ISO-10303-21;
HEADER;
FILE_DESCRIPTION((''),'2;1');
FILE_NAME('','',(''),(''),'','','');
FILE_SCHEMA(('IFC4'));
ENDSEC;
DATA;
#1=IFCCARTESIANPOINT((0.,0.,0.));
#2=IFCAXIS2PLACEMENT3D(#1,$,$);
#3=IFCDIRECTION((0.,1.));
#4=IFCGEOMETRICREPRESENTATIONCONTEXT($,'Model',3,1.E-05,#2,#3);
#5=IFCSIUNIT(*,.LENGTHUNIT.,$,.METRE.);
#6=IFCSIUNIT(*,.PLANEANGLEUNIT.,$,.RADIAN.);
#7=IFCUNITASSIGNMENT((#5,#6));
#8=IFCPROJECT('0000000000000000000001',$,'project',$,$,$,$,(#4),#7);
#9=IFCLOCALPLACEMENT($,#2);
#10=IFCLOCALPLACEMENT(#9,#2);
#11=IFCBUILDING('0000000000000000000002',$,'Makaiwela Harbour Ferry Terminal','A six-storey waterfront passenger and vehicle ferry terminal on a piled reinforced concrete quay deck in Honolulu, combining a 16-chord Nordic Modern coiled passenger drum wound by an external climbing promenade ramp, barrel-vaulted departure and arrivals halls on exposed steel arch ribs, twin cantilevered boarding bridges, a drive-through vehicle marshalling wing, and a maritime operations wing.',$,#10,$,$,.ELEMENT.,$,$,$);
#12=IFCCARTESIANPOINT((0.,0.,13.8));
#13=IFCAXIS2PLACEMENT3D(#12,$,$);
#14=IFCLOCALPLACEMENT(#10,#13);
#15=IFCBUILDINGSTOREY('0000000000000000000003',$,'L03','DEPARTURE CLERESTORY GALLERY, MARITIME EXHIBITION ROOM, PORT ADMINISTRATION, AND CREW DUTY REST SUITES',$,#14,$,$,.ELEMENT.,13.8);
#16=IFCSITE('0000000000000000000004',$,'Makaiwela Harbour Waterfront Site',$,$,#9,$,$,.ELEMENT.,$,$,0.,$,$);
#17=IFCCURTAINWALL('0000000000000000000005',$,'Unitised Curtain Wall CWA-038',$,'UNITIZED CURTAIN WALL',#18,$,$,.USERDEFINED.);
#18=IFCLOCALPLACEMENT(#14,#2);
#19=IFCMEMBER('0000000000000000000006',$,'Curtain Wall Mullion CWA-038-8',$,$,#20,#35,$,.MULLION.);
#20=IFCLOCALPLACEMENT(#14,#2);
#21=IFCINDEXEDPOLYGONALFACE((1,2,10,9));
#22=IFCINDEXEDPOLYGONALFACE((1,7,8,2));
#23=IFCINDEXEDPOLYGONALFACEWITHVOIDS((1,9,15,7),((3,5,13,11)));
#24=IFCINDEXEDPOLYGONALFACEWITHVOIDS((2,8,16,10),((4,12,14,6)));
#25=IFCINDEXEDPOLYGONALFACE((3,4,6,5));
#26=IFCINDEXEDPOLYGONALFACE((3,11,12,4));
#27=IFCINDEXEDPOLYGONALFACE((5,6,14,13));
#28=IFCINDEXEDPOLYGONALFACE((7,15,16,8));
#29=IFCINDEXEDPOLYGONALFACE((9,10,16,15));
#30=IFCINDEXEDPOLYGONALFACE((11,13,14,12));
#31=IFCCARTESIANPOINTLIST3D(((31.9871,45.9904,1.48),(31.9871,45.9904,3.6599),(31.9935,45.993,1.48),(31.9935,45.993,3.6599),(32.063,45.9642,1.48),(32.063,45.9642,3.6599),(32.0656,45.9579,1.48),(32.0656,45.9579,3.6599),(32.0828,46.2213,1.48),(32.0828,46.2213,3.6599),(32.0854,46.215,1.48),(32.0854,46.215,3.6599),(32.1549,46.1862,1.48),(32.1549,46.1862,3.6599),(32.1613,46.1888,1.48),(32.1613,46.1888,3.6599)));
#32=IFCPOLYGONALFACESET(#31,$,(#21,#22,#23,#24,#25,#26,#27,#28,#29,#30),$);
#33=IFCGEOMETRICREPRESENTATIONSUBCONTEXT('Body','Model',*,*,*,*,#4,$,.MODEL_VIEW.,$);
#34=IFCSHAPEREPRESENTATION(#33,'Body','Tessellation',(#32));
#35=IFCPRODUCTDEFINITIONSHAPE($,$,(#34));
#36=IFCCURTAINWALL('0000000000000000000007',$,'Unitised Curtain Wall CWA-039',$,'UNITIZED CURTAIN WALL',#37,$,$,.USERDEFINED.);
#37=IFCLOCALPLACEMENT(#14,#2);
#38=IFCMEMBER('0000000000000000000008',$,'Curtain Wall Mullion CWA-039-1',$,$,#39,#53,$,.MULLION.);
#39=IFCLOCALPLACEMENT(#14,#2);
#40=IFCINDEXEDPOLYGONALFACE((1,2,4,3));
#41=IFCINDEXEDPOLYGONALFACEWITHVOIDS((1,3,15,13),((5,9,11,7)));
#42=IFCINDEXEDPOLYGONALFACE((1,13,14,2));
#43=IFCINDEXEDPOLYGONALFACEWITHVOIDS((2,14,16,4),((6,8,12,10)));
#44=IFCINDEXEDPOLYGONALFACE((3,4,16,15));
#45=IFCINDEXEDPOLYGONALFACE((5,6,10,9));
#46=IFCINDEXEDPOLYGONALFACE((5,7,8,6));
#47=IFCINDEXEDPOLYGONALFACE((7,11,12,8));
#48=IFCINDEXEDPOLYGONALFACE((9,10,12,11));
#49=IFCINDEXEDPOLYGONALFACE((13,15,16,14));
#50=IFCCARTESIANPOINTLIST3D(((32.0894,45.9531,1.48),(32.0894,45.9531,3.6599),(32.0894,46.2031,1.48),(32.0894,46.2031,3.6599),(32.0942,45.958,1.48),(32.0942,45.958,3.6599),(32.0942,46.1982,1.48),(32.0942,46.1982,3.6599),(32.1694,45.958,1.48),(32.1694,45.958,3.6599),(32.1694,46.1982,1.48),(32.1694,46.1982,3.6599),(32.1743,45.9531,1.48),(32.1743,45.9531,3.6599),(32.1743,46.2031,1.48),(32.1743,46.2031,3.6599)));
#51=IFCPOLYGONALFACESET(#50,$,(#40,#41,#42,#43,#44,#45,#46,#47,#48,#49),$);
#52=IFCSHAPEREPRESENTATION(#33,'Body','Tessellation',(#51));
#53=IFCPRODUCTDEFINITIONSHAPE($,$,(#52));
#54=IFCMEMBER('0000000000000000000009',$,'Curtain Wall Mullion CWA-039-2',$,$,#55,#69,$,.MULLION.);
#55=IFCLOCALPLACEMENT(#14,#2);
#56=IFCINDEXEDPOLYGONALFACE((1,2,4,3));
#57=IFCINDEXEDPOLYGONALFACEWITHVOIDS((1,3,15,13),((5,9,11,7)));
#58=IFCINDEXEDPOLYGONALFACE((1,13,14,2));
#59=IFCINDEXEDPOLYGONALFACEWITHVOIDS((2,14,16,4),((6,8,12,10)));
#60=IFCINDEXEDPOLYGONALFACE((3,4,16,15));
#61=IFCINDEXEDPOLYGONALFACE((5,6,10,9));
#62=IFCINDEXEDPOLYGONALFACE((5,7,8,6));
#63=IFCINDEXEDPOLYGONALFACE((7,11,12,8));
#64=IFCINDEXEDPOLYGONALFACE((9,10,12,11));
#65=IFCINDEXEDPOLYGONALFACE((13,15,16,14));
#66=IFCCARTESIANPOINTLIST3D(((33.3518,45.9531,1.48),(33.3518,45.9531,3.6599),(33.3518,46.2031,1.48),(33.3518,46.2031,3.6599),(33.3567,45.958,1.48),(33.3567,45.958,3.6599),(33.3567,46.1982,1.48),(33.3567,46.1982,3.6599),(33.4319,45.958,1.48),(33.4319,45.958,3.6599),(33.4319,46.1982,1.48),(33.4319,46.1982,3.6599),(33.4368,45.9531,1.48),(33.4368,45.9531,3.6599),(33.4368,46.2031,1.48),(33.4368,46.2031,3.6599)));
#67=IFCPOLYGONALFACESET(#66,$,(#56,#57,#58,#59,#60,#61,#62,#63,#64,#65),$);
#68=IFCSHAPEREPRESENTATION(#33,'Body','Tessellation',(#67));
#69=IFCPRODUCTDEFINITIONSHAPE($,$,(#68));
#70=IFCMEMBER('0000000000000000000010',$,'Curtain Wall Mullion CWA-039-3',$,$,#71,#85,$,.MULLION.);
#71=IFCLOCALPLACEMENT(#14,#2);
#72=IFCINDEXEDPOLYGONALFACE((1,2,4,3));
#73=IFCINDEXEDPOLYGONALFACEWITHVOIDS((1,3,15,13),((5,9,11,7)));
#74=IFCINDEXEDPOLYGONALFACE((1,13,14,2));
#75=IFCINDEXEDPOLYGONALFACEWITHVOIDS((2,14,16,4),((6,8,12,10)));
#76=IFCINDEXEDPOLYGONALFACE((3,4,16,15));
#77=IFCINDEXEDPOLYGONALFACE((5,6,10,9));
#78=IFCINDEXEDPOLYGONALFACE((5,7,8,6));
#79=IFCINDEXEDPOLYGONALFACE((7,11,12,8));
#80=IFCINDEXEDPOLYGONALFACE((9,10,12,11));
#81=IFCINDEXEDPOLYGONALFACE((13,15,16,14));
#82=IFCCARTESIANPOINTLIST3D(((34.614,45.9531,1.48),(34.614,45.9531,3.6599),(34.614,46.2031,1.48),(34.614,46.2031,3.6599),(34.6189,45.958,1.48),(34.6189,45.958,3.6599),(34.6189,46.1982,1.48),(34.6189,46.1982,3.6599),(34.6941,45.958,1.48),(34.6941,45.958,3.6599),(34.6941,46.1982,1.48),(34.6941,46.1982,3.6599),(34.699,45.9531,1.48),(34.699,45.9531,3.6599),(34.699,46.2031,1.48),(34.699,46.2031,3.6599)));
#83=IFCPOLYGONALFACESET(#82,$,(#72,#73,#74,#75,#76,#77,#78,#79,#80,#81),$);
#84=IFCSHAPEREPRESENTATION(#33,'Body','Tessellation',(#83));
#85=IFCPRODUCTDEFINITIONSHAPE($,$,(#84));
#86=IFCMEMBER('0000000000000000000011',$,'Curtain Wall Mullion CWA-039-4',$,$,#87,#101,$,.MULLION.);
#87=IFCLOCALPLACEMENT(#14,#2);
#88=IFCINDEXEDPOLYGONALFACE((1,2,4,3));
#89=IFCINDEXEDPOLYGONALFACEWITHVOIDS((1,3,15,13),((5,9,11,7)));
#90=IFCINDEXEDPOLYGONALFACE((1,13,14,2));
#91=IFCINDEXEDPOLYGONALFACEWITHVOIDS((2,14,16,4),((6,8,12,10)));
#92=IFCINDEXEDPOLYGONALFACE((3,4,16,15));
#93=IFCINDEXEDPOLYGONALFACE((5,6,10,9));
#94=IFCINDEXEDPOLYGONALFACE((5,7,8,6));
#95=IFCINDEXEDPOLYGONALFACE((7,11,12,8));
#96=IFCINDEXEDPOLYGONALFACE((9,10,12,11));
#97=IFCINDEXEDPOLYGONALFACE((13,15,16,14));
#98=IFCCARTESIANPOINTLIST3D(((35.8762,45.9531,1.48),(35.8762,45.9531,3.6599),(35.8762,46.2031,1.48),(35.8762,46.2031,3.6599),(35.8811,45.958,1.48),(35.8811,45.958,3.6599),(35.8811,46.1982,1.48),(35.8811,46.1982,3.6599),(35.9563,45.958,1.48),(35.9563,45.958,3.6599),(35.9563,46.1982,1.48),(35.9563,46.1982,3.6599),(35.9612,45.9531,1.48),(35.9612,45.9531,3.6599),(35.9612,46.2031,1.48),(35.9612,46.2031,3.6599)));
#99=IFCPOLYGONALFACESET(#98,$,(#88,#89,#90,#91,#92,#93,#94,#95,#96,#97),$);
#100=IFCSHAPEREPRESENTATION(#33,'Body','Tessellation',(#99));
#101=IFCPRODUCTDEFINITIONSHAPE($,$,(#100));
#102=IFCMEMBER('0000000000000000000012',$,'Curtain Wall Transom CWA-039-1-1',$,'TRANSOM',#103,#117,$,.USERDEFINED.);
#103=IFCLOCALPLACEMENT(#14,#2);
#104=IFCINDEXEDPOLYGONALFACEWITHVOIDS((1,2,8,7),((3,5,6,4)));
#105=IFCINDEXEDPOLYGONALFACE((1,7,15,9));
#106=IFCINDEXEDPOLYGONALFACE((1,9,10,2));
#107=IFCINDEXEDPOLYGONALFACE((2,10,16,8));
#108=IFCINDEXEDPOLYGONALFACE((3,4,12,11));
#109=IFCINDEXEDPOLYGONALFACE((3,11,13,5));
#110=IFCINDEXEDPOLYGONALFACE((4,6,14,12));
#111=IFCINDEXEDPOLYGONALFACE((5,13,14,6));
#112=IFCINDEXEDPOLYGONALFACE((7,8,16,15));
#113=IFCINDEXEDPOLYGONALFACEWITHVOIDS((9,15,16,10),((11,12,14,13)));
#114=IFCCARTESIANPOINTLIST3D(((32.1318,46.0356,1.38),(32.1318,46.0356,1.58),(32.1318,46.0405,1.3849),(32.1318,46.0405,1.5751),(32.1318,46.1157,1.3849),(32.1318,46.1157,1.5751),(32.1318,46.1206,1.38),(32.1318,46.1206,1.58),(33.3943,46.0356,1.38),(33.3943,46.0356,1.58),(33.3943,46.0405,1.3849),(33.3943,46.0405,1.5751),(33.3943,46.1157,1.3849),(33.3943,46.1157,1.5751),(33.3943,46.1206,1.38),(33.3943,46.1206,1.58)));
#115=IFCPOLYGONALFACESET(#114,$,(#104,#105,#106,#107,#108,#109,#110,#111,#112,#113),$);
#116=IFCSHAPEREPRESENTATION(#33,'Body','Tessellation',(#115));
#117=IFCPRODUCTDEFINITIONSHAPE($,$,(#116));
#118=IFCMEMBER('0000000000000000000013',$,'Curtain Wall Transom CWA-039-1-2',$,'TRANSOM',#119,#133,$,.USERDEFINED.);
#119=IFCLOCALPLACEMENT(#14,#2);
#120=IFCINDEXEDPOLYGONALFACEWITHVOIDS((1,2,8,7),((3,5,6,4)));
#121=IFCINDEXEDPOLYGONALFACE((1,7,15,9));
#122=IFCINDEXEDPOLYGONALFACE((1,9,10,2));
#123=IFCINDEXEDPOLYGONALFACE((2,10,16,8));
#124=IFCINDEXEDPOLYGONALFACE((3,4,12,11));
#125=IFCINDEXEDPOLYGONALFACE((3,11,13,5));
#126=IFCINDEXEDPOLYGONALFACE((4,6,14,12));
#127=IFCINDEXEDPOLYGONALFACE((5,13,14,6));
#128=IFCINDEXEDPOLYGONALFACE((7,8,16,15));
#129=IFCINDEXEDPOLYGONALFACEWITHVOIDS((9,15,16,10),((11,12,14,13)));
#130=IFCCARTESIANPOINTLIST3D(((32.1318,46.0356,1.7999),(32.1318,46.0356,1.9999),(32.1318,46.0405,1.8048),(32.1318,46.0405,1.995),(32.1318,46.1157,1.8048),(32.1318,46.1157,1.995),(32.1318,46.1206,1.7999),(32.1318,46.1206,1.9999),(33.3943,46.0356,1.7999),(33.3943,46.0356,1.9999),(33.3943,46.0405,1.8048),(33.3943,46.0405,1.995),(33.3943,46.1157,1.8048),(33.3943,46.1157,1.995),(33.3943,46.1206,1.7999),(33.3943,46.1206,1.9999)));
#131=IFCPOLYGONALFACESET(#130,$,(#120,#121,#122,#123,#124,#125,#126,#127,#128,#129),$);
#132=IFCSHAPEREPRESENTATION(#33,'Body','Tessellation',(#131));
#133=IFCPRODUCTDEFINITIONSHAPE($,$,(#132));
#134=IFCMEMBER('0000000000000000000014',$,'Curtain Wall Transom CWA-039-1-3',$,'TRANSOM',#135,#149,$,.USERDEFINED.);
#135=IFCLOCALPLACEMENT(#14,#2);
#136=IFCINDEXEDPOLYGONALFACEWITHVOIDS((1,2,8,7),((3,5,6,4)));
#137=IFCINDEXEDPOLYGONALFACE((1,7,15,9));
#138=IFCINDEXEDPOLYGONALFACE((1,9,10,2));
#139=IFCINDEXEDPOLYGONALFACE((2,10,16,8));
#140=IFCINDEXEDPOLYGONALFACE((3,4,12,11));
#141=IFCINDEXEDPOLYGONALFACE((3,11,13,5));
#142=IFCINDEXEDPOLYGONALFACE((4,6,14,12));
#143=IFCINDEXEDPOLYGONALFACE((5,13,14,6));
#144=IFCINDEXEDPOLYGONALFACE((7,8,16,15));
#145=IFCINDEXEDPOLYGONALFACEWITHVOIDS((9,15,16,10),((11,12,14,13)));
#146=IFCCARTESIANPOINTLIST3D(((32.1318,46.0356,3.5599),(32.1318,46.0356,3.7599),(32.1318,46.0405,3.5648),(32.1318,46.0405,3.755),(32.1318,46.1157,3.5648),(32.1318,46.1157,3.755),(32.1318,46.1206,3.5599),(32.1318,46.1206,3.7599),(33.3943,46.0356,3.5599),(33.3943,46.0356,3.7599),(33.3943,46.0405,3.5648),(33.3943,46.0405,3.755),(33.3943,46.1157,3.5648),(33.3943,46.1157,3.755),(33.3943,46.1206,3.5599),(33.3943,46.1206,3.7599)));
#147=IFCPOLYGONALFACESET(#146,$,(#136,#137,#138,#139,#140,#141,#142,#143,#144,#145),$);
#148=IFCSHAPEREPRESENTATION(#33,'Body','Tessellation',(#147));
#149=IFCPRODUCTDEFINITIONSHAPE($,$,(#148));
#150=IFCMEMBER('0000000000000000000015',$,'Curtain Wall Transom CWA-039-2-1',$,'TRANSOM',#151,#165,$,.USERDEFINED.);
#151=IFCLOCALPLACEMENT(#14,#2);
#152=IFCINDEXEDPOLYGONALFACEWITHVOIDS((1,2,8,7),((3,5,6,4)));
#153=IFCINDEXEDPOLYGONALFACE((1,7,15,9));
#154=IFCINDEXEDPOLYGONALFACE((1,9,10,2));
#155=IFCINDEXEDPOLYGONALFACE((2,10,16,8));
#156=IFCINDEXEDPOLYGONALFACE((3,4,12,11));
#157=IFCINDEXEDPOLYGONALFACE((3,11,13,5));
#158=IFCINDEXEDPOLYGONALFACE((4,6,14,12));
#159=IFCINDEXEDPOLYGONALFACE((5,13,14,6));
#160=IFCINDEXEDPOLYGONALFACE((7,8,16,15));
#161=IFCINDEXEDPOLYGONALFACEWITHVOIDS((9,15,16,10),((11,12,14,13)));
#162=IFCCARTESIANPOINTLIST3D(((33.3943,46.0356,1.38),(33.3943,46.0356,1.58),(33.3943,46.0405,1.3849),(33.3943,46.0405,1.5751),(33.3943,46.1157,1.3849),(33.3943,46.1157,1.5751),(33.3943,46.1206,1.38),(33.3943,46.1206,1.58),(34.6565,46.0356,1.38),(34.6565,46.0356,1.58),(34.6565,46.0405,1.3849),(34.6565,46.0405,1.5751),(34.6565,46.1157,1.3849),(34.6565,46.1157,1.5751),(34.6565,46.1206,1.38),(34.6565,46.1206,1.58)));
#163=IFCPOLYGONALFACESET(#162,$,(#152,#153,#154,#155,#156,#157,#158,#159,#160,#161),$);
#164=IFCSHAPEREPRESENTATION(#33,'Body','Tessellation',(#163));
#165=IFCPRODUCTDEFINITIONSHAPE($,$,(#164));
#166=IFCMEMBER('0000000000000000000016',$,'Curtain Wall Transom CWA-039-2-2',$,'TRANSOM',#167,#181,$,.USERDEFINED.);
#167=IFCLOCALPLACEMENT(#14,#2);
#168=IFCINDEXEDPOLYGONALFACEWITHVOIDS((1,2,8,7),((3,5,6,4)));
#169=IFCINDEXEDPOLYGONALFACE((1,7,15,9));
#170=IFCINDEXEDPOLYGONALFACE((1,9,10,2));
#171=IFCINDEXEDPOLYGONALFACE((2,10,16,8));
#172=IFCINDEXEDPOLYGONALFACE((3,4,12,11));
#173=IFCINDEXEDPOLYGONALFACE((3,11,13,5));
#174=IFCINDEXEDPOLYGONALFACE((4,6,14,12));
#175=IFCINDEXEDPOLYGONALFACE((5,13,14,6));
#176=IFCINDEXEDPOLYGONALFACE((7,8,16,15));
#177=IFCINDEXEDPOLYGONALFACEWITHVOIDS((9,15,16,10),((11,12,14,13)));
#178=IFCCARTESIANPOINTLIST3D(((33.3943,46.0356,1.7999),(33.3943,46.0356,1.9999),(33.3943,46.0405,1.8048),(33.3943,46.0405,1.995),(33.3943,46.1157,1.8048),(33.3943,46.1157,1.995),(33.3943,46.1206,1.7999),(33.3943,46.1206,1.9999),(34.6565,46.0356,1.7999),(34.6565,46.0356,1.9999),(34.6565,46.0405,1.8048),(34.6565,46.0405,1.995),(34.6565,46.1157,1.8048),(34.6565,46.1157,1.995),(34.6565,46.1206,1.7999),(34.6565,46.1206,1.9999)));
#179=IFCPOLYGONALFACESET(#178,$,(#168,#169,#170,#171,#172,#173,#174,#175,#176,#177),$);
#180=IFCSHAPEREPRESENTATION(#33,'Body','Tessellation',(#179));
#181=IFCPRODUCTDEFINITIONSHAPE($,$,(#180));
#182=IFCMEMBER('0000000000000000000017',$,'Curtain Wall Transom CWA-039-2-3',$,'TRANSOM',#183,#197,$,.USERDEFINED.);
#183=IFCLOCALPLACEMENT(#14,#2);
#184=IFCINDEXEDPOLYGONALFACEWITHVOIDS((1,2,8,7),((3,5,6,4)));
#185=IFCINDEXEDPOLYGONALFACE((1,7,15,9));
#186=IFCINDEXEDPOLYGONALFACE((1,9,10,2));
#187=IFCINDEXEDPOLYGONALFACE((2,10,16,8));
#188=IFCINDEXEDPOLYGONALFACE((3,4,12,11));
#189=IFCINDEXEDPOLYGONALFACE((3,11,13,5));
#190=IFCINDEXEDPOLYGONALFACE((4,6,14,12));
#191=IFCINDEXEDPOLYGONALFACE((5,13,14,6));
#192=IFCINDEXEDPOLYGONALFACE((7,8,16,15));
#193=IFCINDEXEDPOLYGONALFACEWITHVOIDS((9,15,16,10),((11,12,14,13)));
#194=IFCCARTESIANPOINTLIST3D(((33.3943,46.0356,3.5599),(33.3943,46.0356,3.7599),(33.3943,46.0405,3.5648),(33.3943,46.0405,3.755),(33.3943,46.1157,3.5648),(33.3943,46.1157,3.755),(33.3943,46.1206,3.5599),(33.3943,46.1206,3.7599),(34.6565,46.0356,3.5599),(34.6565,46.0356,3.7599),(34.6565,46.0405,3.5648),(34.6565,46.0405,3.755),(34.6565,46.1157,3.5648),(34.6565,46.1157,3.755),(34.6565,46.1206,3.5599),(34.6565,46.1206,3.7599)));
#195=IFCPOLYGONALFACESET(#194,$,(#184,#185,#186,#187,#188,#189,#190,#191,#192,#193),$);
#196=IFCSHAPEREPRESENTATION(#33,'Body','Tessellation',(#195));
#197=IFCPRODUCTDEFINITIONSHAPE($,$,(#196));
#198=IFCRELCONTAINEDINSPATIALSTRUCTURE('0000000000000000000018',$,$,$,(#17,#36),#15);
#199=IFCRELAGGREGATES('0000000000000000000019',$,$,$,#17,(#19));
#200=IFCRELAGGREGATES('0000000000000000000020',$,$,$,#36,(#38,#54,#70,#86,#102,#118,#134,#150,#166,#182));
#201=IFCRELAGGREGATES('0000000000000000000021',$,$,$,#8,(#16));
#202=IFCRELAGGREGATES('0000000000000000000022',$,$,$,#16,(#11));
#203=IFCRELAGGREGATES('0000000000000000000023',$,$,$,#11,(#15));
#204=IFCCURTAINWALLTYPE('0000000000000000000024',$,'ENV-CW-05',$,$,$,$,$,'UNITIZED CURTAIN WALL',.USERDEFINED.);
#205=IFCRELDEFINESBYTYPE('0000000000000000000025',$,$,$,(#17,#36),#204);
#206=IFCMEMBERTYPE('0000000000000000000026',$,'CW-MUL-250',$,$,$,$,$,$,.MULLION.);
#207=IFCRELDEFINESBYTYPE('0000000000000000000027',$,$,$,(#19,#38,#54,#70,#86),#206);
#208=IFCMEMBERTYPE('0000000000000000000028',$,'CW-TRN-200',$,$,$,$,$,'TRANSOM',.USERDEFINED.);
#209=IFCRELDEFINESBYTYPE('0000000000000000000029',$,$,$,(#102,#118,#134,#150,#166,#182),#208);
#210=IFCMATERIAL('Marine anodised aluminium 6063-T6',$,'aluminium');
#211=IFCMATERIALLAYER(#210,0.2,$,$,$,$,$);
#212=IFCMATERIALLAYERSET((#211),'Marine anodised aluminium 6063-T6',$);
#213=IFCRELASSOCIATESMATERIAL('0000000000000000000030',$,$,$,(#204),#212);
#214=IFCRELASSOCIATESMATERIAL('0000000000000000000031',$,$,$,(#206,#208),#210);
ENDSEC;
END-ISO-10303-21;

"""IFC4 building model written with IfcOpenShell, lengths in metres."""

from ifc_helpers import new_model, si_unit, direction, frame, origin, origin_2d, place, context, subcontext, project, spatial, hollow_rectangle, extrude, material, layer, layer_set, material_profile, profile_set, type_object, element, aggregate, save


model = new_model("IFC4")

# Units and contexts
model_context = context("Model", 3, precision=1e-05, world=origin(), true_north=direction((0.0, 1.0)))
body_context = subcontext(model_context, "Body", "Model", "MODEL_VIEW")
ifc_project = project(units=[si_unit("LENGTHUNIT", "METRE"), si_unit("PLANEANGLEUNIT", "RADIAN")], contexts=[model_context])

# Site, building, storey
site_placement = place(None, origin())
site = spatial("IfcSite", under=ifc_project, at=site_placement, Name="Makaiwela Harbour Waterfront Site", CompositionType="ELEMENT", RefElevation=0.0)
building_placement = place(site_placement, origin())
building = spatial("IfcBuilding", under=site, at=building_placement, Name="Makaiwela Harbour Ferry Terminal", Description="A six-storey waterfront passenger and vehicle ferry terminal on a piled reinforced concrete quay deck in Honolulu, combining a 16-chord Nordic Modern coiled passenger drum wound by an external climbing promenade ramp, barrel-vaulted departure and arrivals halls on exposed steel arch ribs, twin cantilevered boarding bridges, a drive-through vehicle marshalling wing, and a maritime operations wing.", CompositionType="ELEMENT")
storey_placement = place(building_placement, frame((0.0, 0.0, 13.8)))
storey = spatial("IfcBuildingStorey", under=building, at=storey_placement, Name="L03", Description="DEPARTURE CLERESTORY GALLERY, MARITIME EXHIBITION ROOM, PORT ADMINISTRATION, AND CREW DUTY REST SUITES", CompositionType="ELEMENT", Elevation=13.8)

# Curtain wall, member
ifc_material_1 = material(Name="Marine anodised aluminium 6063-T6", Category="aluminium")
ifc_layer_1 = layer(ifc_material_1, 0.2)
ifc_layer_set_1 = layer_set([ifc_layer_1], Name="Marine anodised aluminium 6063-T6")
curtain_wall_type = type_object("IfcCurtainWallType", Name="ENV-CW-05", ElementType="UNITIZED CURTAIN WALL", PredefinedType="USERDEFINED", material=ifc_layer_set_1)
curtain_wall_1_placement = place(storey_placement, origin())
curtain_wall_1 = element("IfcCurtainWall", 1, at=curtain_wall_1_placement, inside=storey, type_object=curtain_wall_type, Name="Unitised Curtain Wall CWA-038", ObjectType="UNITIZED CURTAIN WALL", PredefinedType="USERDEFINED")
ifc_material_profile_1 = material_profile(ifc_material_1, hollow_rectangle(XDim=0.085, YDim=0.25, WallThickness=0.0049, at=origin_2d()), Name="CWM-250X85")
ifc_profile_set_1 = profile_set([ifc_material_profile_1], Name="Marine anodised aluminium 6063-T6")
member_type_1 = type_object("IfcMemberType", Name="CW-MUL-250", PredefinedType="MULLION", material=ifc_profile_set_1)
member_1_placement = place(storey_placement, frame((32.0742, 46.0896, 1.48), z_axis=(0.0, 0.0, 1.0), x_axis=(-0.92388, 0.382683, 0.0)))
member_1 = element("IfcMember", 2, at=member_1_placement, type_object=member_type_1, Name="Curtain Wall Mullion CWA-038-8", PredefinedType="MULLION", context=body_context, shape_type="SweptSolid", body=[
    extrude(hollow_rectangle(XDim=0.085, YDim=0.25, WallThickness=0.0049, at=origin_2d()), origin(), (0.0, 0.0, 1.0), 2.1799),
])

# Curtain wall, members
curtain_wall_2_placement = place(storey_placement, origin())
curtain_wall_2 = element("IfcCurtainWall", 3, at=curtain_wall_2_placement, inside=storey, type_object=curtain_wall_type, Name="Unitised Curtain Wall CWA-039", ObjectType="UNITIZED CURTAIN WALL", PredefinedType="USERDEFINED")
member_2_placement = place(storey_placement, frame((32.1318, 46.0781, 1.48), z_axis=(0.0, 0.0, 1.0), x_axis=(1.0, 0.0, 0.0)))
member_2 = element("IfcMember", 4, at=member_2_placement, type_object=member_type_1, Name="Curtain Wall Mullion CWA-039-1", PredefinedType="MULLION", context=body_context, shape_type="SweptSolid", body=[
    extrude(hollow_rectangle(XDim=0.085, YDim=0.25, WallThickness=0.0049, at=origin_2d()), origin(), (0.0, 0.0, 1.0), 2.1799),
])
member_3_placement = place(storey_placement, frame((33.3943, 46.0781, 1.48), z_axis=(0.0, 0.0, 1.0), x_axis=(1.0, 0.0, 0.0)))
member_3 = element("IfcMember", 5, at=member_3_placement, type_object=member_type_1, Name="Curtain Wall Mullion CWA-039-2", PredefinedType="MULLION", context=body_context, shape_type="SweptSolid", body=[
    extrude(hollow_rectangle(XDim=0.085, YDim=0.25, WallThickness=0.0049, at=origin_2d()), origin(), (0.0, 0.0, 1.0), 2.1799),
])
member_4_placement = place(storey_placement, frame((34.6565, 46.0781, 1.48), z_axis=(0.0, 0.0, 1.0), x_axis=(1.0, 0.0, 0.0)))
member_4 = element("IfcMember", 6, at=member_4_placement, type_object=member_type_1, Name="Curtain Wall Mullion CWA-039-3", PredefinedType="MULLION", context=body_context, shape_type="SweptSolid", body=[
    extrude(hollow_rectangle(XDim=0.085, YDim=0.25, WallThickness=0.0049, at=origin_2d()), origin(), (0.0, 0.0, 1.0), 2.1799),
])
member_5_placement = place(storey_placement, frame((35.9187, 46.0781, 1.48), z_axis=(0.0, 0.0, 1.0), x_axis=(1.0, 0.0, 0.0)))
member_5 = element("IfcMember", 7, at=member_5_placement, type_object=member_type_1, Name="Curtain Wall Mullion CWA-039-4", PredefinedType="MULLION", context=body_context, shape_type="SweptSolid", body=[
    extrude(hollow_rectangle(XDim=0.085, YDim=0.25, WallThickness=0.0049, at=origin_2d()), origin(), (0.0, 0.0, 1.0), 2.1799),
])
ifc_material_profile_2 = material_profile(ifc_material_1, hollow_rectangle(XDim=0.085, YDim=0.2, WallThickness=0.0049, at=origin_2d()), Name="CWT-200X85")
ifc_profile_set_2 = profile_set([ifc_material_profile_2], Name="Marine anodised aluminium 6063-T6")
member_type_2 = type_object("IfcMemberType", Name="CW-TRN-200", ElementType="TRANSOM", PredefinedType="USERDEFINED", material=ifc_profile_set_2)
member_6_placement = place(storey_placement, frame((32.1318, 46.0781, 1.48), z_axis=(1.0, 0.0, 0.0), x_axis=(0.0, 1.0, 0.0)))
member_6 = element("IfcMember", 8, at=member_6_placement, type_object=member_type_2, Name="Curtain Wall Transom CWA-039-1-1", ObjectType="TRANSOM", PredefinedType="USERDEFINED", context=body_context, shape_type="SweptSolid", body=[
    extrude(hollow_rectangle(XDim=0.085, YDim=0.2, WallThickness=0.0049, at=origin_2d()), origin(), (0.0, 0.0, 1.0), 1.2625),
])
member_7_placement = place(storey_placement, frame((32.1318, 46.0781, 1.8999), z_axis=(1.0, 0.0, 0.0), x_axis=(0.0, 1.0, 0.0)))
member_7 = element("IfcMember", 9, at=member_7_placement, type_object=member_type_2, Name="Curtain Wall Transom CWA-039-1-2", ObjectType="TRANSOM", PredefinedType="USERDEFINED", context=body_context, shape_type="SweptSolid", body=[
    extrude(hollow_rectangle(XDim=0.085, YDim=0.2, WallThickness=0.0049, at=origin_2d()), origin(), (0.0, 0.0, 1.0), 1.2625),
])
member_8_placement = place(storey_placement, frame((32.1318, 46.0781, 3.6599), z_axis=(1.0, 0.0, 0.0), x_axis=(0.0, 1.0, 0.0)))
member_8 = element("IfcMember", 10, at=member_8_placement, type_object=member_type_2, Name="Curtain Wall Transom CWA-039-1-3", ObjectType="TRANSOM", PredefinedType="USERDEFINED", context=body_context, shape_type="SweptSolid", body=[
    extrude(hollow_rectangle(XDim=0.085, YDim=0.2, WallThickness=0.0049, at=origin_2d()), origin(), (0.0, 0.0, 1.0), 1.2625),
])
member_9_placement = place(storey_placement, frame((33.3943, 46.0781, 1.48), z_axis=(1.0, 0.0, 0.0), x_axis=(0.0, 1.0, 0.0)))
member_9 = element("IfcMember", 11, at=member_9_placement, type_object=member_type_2, Name="Curtain Wall Transom CWA-039-2-1", ObjectType="TRANSOM", PredefinedType="USERDEFINED", context=body_context, shape_type="SweptSolid", body=[
    extrude(hollow_rectangle(XDim=0.085, YDim=0.2, WallThickness=0.0049, at=origin_2d()), origin(), (0.0, 0.0, 1.0), 1.2622),
])
member_10_placement = place(storey_placement, frame((33.3943, 46.0781, 1.8999), z_axis=(1.0, 0.0, 0.0), x_axis=(0.0, 1.0, 0.0)))
member_10 = element("IfcMember", 12, at=member_10_placement, type_object=member_type_2, Name="Curtain Wall Transom CWA-039-2-2", ObjectType="TRANSOM", PredefinedType="USERDEFINED", context=body_context, shape_type="SweptSolid", body=[
    extrude(hollow_rectangle(XDim=0.085, YDim=0.2, WallThickness=0.0049, at=origin_2d()), origin(), (0.0, 0.0, 1.0), 1.2622),
])
member_11_placement = place(storey_placement, frame((33.3943, 46.0781, 3.6599), z_axis=(1.0, 0.0, 0.0), x_axis=(0.0, 1.0, 0.0)))
member_11 = element("IfcMember", 13, at=member_11_placement, type_object=member_type_2, Name="Curtain Wall Transom CWA-039-2-3", ObjectType="TRANSOM", PredefinedType="USERDEFINED", context=body_context, shape_type="SweptSolid", body=[
    extrude(hollow_rectangle(XDim=0.085, YDim=0.2, WallThickness=0.0049, at=origin_2d()), origin(), (0.0, 0.0, 1.0), 1.2622),
])

aggregate(curtain_wall_1, [member_1])
aggregate(curtain_wall_2, [member_2, member_3, member_4, member_5, member_6, member_7, member_8, member_9, member_10, member_11])

save(model, "model.ifc")
